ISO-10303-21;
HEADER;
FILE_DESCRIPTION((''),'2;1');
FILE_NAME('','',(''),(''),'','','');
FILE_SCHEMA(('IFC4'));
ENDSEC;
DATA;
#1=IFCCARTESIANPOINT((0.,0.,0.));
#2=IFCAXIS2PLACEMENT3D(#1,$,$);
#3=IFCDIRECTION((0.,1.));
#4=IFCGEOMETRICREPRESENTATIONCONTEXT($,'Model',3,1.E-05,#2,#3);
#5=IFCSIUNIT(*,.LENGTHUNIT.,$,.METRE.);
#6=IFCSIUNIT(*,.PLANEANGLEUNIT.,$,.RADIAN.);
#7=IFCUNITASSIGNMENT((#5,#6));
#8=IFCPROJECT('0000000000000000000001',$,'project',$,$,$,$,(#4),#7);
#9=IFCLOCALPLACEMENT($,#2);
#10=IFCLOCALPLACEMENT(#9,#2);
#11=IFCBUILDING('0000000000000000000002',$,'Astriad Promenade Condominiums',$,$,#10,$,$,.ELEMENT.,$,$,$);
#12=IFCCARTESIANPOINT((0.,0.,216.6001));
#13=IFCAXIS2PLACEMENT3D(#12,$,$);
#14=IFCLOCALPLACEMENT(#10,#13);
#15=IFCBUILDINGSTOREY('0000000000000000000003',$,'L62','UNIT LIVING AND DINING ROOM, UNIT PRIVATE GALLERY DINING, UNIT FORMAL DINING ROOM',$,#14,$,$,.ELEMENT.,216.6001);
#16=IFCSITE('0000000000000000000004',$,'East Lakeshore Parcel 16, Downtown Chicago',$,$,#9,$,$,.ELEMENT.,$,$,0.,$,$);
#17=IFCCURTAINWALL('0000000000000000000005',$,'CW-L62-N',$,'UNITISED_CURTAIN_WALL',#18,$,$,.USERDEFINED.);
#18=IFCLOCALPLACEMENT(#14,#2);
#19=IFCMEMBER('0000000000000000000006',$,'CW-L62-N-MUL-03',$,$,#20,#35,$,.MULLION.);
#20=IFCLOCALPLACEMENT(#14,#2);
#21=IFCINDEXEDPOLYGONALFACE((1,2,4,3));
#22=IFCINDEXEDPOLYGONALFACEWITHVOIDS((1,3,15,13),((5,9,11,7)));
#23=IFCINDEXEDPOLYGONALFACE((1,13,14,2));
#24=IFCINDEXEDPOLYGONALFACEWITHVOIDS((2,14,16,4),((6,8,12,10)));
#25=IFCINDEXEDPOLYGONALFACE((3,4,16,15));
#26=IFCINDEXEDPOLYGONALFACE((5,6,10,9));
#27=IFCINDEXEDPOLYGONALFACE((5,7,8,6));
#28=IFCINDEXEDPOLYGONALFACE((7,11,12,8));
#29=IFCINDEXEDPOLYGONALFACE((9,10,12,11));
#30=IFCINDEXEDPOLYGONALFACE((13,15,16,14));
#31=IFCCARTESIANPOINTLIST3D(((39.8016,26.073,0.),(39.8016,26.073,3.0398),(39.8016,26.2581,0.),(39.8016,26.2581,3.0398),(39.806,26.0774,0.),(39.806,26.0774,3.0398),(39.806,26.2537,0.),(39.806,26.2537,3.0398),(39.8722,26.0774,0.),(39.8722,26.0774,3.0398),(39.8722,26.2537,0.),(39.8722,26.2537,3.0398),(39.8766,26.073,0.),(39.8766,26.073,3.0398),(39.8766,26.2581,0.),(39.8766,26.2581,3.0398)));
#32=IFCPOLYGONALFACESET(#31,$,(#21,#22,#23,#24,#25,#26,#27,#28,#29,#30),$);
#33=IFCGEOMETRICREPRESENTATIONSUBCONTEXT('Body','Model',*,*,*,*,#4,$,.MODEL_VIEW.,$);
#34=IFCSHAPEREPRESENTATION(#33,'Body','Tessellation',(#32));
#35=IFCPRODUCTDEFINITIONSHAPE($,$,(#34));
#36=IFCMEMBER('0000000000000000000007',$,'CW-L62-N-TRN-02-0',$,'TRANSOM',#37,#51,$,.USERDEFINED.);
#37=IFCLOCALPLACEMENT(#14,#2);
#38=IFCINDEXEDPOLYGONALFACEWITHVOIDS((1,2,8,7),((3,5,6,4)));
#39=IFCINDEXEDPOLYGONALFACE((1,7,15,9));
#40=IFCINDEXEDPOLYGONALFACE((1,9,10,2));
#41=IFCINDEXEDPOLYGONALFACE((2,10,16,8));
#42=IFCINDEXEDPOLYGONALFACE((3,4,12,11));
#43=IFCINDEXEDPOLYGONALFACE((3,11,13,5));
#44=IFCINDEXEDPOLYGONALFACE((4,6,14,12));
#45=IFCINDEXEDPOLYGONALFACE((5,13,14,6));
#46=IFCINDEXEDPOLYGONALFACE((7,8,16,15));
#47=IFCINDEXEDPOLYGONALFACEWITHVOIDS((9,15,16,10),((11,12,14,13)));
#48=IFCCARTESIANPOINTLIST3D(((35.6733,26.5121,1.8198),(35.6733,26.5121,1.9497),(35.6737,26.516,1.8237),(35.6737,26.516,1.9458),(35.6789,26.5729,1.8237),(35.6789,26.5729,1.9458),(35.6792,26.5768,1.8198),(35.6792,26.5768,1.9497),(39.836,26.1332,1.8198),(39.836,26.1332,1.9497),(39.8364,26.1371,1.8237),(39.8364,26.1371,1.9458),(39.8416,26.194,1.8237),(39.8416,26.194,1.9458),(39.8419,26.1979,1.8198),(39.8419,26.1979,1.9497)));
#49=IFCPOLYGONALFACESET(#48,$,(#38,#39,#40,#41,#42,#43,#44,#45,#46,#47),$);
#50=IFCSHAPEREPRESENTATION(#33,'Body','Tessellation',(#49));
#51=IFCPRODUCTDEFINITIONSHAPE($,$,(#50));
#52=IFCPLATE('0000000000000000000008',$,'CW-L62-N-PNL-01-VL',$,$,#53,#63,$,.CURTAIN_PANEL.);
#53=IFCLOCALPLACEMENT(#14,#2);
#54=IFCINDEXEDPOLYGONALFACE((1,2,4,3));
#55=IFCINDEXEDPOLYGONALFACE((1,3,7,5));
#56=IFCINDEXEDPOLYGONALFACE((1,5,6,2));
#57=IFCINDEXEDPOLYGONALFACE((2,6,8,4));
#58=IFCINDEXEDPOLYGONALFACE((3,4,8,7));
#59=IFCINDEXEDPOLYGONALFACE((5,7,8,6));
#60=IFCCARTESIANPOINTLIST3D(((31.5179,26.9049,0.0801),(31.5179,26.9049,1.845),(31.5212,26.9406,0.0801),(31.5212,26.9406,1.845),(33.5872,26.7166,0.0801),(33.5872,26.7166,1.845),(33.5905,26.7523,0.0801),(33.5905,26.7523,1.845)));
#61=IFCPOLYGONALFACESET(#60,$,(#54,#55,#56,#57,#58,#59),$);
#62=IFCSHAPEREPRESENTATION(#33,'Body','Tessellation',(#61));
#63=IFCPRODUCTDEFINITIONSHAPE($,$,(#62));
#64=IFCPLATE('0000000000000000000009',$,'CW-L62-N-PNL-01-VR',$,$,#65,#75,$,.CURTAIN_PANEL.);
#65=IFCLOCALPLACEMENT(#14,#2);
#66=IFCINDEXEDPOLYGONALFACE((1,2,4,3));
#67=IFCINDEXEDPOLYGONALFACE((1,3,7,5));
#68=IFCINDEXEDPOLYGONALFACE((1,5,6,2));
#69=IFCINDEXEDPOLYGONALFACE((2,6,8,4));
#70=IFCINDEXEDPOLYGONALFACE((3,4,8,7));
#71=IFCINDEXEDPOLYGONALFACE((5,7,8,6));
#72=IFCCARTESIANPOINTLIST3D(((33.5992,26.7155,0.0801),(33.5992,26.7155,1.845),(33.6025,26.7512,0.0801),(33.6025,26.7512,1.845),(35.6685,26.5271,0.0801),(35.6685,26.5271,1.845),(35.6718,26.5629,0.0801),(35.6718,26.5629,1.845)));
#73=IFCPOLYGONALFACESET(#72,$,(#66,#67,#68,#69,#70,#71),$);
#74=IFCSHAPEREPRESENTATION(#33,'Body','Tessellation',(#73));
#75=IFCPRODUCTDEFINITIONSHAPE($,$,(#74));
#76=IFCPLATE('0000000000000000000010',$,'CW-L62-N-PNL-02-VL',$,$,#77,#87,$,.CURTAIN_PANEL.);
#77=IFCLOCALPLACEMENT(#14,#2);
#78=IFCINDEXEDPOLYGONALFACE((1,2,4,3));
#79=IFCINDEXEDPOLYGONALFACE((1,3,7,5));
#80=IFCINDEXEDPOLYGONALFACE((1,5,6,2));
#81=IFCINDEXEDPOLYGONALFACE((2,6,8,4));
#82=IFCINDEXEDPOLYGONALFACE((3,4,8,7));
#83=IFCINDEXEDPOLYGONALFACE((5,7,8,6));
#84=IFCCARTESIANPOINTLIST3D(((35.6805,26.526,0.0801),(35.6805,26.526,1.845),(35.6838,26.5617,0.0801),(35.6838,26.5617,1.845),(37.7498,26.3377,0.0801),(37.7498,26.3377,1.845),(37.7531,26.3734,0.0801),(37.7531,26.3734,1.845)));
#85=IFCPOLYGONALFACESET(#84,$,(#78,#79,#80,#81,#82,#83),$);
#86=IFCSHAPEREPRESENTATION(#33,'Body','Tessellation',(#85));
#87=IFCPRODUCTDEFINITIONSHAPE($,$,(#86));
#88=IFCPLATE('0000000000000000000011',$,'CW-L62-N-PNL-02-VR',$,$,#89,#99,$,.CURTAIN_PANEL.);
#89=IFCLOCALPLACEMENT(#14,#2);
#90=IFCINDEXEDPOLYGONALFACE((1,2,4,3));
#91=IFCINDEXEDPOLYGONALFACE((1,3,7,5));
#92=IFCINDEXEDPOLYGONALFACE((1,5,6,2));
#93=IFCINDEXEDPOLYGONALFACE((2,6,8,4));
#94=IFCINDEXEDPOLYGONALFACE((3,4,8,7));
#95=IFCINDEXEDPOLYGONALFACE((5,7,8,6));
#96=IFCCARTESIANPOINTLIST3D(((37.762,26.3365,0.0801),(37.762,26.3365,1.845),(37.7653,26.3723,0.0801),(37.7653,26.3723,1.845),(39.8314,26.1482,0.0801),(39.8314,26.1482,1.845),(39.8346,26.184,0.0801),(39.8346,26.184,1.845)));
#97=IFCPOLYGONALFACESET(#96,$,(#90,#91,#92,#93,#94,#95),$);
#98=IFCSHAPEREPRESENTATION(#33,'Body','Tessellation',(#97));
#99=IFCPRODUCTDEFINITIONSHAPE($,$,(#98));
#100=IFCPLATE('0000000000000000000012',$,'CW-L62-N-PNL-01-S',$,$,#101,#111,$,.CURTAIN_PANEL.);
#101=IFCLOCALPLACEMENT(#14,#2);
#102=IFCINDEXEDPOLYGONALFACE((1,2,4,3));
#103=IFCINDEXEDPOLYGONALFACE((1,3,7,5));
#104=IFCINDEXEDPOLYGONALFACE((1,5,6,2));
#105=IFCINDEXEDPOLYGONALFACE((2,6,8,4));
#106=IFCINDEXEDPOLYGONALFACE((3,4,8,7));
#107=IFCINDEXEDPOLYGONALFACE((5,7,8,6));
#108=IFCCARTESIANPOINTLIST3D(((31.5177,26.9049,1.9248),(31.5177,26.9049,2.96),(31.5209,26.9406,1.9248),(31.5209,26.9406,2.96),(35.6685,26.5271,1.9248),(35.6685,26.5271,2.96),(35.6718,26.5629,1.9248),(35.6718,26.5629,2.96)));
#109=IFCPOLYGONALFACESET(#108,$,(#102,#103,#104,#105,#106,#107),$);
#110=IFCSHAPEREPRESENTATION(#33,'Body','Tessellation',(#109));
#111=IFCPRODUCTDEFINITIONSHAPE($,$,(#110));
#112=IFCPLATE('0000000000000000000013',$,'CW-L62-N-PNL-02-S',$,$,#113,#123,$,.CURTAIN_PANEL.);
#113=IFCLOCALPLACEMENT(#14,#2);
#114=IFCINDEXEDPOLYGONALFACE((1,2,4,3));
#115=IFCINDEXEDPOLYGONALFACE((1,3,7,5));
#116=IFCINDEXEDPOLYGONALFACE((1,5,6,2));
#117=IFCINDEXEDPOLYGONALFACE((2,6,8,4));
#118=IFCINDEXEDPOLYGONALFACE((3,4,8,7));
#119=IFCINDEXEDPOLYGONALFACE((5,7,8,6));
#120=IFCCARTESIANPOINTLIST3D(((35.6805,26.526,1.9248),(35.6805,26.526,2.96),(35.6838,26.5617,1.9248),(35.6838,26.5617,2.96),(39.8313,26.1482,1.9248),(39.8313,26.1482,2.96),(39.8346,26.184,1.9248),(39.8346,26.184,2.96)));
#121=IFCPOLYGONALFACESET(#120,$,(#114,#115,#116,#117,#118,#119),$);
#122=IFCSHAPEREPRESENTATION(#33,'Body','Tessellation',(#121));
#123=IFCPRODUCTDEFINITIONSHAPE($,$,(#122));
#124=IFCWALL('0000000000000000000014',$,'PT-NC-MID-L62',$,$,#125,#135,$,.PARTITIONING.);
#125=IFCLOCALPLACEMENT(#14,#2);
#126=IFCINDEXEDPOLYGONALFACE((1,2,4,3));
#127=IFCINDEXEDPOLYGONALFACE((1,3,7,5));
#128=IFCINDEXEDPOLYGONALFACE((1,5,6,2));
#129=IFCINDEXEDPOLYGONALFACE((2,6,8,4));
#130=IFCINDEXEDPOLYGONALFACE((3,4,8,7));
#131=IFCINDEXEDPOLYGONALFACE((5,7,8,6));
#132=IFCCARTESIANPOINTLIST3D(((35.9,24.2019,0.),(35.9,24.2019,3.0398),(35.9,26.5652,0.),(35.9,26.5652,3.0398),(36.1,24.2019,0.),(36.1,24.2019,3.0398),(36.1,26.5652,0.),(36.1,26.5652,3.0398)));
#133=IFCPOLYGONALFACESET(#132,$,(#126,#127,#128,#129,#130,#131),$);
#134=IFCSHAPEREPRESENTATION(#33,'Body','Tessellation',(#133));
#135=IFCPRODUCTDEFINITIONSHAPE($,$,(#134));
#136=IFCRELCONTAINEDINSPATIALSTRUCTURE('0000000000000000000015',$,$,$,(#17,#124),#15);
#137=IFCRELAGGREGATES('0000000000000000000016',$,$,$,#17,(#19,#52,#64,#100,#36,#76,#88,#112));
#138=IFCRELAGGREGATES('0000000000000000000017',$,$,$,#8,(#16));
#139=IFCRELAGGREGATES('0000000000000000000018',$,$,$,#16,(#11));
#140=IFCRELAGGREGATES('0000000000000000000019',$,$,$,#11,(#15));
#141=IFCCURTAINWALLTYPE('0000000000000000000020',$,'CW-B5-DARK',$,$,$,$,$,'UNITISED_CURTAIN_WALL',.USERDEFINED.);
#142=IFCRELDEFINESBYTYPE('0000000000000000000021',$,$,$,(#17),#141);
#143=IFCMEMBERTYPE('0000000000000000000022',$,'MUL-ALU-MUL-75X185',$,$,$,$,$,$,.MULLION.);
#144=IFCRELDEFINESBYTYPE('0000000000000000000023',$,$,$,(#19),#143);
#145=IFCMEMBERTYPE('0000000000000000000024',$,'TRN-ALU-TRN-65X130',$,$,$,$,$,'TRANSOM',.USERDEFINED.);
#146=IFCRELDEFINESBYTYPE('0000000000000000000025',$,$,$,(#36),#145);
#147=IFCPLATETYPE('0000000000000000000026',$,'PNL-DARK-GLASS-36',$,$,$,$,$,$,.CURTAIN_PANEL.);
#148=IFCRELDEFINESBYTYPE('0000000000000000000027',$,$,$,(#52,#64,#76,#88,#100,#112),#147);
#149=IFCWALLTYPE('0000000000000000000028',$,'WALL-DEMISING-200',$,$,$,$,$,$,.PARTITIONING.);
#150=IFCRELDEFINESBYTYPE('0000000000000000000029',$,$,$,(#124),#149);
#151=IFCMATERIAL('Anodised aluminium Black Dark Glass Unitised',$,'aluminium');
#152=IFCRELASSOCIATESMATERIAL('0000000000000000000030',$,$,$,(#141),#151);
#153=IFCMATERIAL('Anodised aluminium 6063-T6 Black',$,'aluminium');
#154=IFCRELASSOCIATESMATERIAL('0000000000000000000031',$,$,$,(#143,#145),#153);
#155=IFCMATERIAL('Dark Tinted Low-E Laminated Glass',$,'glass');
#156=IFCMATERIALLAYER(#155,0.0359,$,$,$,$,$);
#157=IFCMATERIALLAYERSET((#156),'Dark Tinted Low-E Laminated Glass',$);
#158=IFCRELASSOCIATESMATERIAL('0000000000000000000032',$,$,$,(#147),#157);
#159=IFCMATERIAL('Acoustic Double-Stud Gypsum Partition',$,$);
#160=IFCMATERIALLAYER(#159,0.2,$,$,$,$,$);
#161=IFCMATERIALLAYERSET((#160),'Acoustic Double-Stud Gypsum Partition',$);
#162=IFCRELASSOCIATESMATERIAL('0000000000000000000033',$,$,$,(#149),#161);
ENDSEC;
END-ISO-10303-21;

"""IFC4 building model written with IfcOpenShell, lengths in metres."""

from ifc_helpers import new_model, si_unit, direction, frame, frame_2d, origin, origin_2d, place, context, subcontext, project, spatial, rectangle, hollow_rectangle, extrude, source, transform, mapped, material, layer, layer_set, material_profile, profile_set, type_object, type_shapes, element, aggregate, save


model = new_model("IFC4")

# Units and contexts
model_context = context("Model", 3, precision=1e-05, world=origin(), true_north=direction((0.0, 1.0)))
body_context = subcontext(model_context, "Body", "Model", "MODEL_VIEW")
ifc_project = project(units=[si_unit("LENGTHUNIT", "METRE"), si_unit("PLANEANGLEUNIT", "RADIAN")], contexts=[model_context])

# Site, building, storey
site_placement = place(None, origin())
site = spatial("IfcSite", under=ifc_project, at=site_placement, Name="East Lakeshore Parcel 16, Downtown Chicago", CompositionType="ELEMENT", RefElevation=0.0)
building_placement = place(site_placement, origin())
building = spatial("IfcBuilding", under=site, at=building_placement, Name="Astriad Promenade Condominiums", CompositionType="ELEMENT")
storey_placement = place(building_placement, frame((0.0, 0.0, 216.6001)))
storey = spatial("IfcBuildingStorey", under=building, at=storey_placement, Name="L62", Description="UNIT LIVING AND DINING ROOM, UNIT PRIVATE GALLERY DINING, UNIT FORMAL DINING ROOM", CompositionType="ELEMENT", Elevation=216.6001)

# Curtain wall, members, plates
ifc_material_1 = material(Name="Anodised aluminium Black Dark Glass Unitised", Category="aluminium")
curtain_wall_type = type_object("IfcCurtainWallType", Name="CW-B5-DARK", ElementType="UNITISED_CURTAIN_WALL", PredefinedType="USERDEFINED", material=ifc_material_1)
curtain_wall_placement = place(storey_placement, origin())
curtain_wall = element("IfcCurtainWall", 1, at=curtain_wall_placement, inside=storey, type_object=curtain_wall_type, Name="CW-L62-N", ObjectType="UNITISED_CURTAIN_WALL", PredefinedType="USERDEFINED")
ifc_material_2 = material(Name="Anodised aluminium 6063-T6 Black", Category="aluminium")
ifc_material_profile_1 = material_profile(ifc_material_2, hollow_rectangle(XDim=0.075, YDim=0.1851, WallThickness=0.0044, at=origin_2d()), Name="ALU-MUL-75X185")
ifc_profile_set_1 = profile_set([ifc_material_profile_1], Name="Anodised aluminium 6063-T6 Black")
member_type_1 = type_object("IfcMemberType", Name="MUL-ALU-MUL-75X185", PredefinedType="MULLION", material=ifc_profile_set_1)
shared_shape_1 = source(origin(), body_context, "Body", "SweptSolid", [
    extrude(hollow_rectangle(XDim=0.075, YDim=0.1851, WallThickness=0.0044, at=origin_2d()), origin(), (0.0, 0.0, 1.0), 3.0398),
])
type_shapes(member_type_1, [shared_shape_1])
member_1_placement = place(storey_placement, frame((39.8391, 26.1655, 0.0), z_axis=(0.0, 0.0, 1.0), x_axis=(1.0, 0.0, 0.0)))
member_1 = element("IfcMember", 2, at=member_1_placement, type_object=member_type_1, Name="CW-L62-N-MUL-03", PredefinedType="MULLION", context=body_context, shape_type="MappedRepresentation", body=[
    mapped(shared_shape_1, transform((0.0, 0.0, 0.0), scale=1.0)),
])
ifc_material_profile_2 = material_profile(ifc_material_2, hollow_rectangle(XDim=0.0649, YDim=0.1299, WallThickness=0.0039, at=origin_2d()), Name="ALU-TRN-65X130")
ifc_profile_set_2 = profile_set([ifc_material_profile_2], Name="Anodised aluminium 6063-T6 Black")
member_type_2 = type_object("IfcMemberType", Name="TRN-ALU-TRN-65X130", ElementType="TRANSOM", PredefinedType="USERDEFINED", material=ifc_profile_set_2)
shared_shape_2 = source(origin(), body_context, "Body", "SweptSolid", [
    extrude(hollow_rectangle(XDim=0.0649, YDim=0.1299, WallThickness=0.0039, at=origin_2d()), origin(), (0.0, 0.0, 1.0), 4.1799),
])
type_shapes(member_type_2, [shared_shape_2])
member_2_placement = place(storey_placement, frame((35.6763, 26.5444, 1.8848), z_axis=(0.995883, -0.090646, 0.0), x_axis=(0.090646, 0.995883, 0.0)))
member_2 = element("IfcMember", 3, at=member_2_placement, type_object=member_type_2, Name="CW-L62-N-TRN-02-0", ObjectType="TRANSOM", PredefinedType="USERDEFINED", context=body_context, shape_type="MappedRepresentation", body=[
    mapped(shared_shape_2, transform((0.0, 0.0, 0.0), scale=1.0)),
])
ifc_material_3 = material(Name="Dark Tinted Low-E Laminated Glass", Category="glass")
ifc_layer_1 = layer(ifc_material_3, 0.0359)
ifc_layer_set_1 = layer_set([ifc_layer_1], Name="Dark Tinted Low-E Laminated Glass")
plate_type = type_object("IfcPlateType", Name="PNL-DARK-GLASS-36", PredefinedType="CURTAIN_PANEL", material=ifc_layer_set_1)
shared_shape_3 = source(origin(), body_context, "Body", "SweptSolid", [
    extrude(rectangle(XDim=2.0779, YDim=0.0359, at=origin_2d()), origin(), (0.0, 0.0, 1.0), 1.7649),
])
plate_1_placement = place(storey_placement, frame((32.5542, 26.8286, 0.0801), z_axis=(0.0, 0.0, 1.0), x_axis=(0.995884, -0.090633, 0.0)))
plate_1 = element("IfcPlate", 4, at=plate_1_placement, type_object=plate_type, Name="CW-L62-N-PNL-01-VL", PredefinedType="CURTAIN_PANEL", context=body_context, shape_type="MappedRepresentation", body=[
    mapped(shared_shape_3, transform((0.0, 0.0, 0.0), scale=1.0)),
])
plate_2_placement = place(storey_placement, frame((34.6355, 26.6392, 0.0801), z_axis=(0.0, 0.0, 1.0), x_axis=(0.995884, -0.090633, 0.0)))
plate_2 = element("IfcPlate", 5, at=plate_2_placement, type_object=plate_type, Name="CW-L62-N-PNL-01-VR", PredefinedType="CURTAIN_PANEL", context=body_context, shape_type="MappedRepresentation", body=[
    mapped(shared_shape_3, transform((0.0, 0.0, 0.0), scale=1.0)),
])
plate_3_placement = place(storey_placement, frame((36.7168, 26.4497, 0.0801), z_axis=(0.0, 0.0, 1.0), x_axis=(0.995884, -0.090633, 0.0)))
plate_3 = element("IfcPlate", 6, at=plate_3_placement, type_object=plate_type, Name="CW-L62-N-PNL-02-VL", PredefinedType="CURTAIN_PANEL", context=body_context, shape_type="MappedRepresentation", body=[
    mapped(shared_shape_3, transform((0.0, 0.0, 0.0), scale=1.0)),
])
plate_4_placement = place(storey_placement, frame((38.7983, 26.2603, 0.0801), z_axis=(0.0, 0.0, 1.0), x_axis=(0.995884, -0.090633, 0.0)))
plate_4 = element("IfcPlate", 7, at=plate_4_placement, type_object=plate_type, Name="CW-L62-N-PNL-02-VR", PredefinedType="CURTAIN_PANEL", context=body_context, shape_type="MappedRepresentation", body=[
    mapped(shared_shape_3, transform((0.0, 0.0, 0.0), scale=1.0)),
])
shared_shape_4 = source(origin(), body_context, "Body", "SweptSolid", [
    extrude(rectangle(XDim=4.168, YDim=0.0359, at=origin_2d()), origin(), (0.0, 0.0, 1.0), 1.0352),
])
type_shapes(plate_type, [shared_shape_3, shared_shape_4])
plate_5_placement = place(storey_placement, frame((33.5947, 26.7339, 1.9248), z_axis=(0.0, 0.0, 1.0), x_axis=(0.995884, -0.090633, 0.0)))
plate_5 = element("IfcPlate", 8, at=plate_5_placement, type_object=plate_type, Name="CW-L62-N-PNL-01-S", PredefinedType="CURTAIN_PANEL", context=body_context, shape_type="MappedRepresentation", body=[
    mapped(shared_shape_4, transform((0.0, 0.0, 0.0), scale=1.0)),
])
plate_6_placement = place(storey_placement, frame((37.7576, 26.355, 1.9248), z_axis=(0.0, 0.0, 1.0), x_axis=(0.995884, -0.090633, 0.0)))
plate_6 = element("IfcPlate", 9, at=plate_6_placement, type_object=plate_type, Name="CW-L62-N-PNL-02-S", PredefinedType="CURTAIN_PANEL", context=body_context, shape_type="MappedRepresentation", body=[
    mapped(shared_shape_4, transform((0.0, 0.0, 0.0), scale=1.0)),
])
aggregate(curtain_wall, [member_1, plate_1, plate_2, plate_5, member_2, plate_3, plate_4, plate_6])

# Wall
ifc_material_4 = material(Name="Acoustic Double-Stud Gypsum Partition")
ifc_layer_2 = layer(ifc_material_4, 0.2)
ifc_layer_set_2 = layer_set([ifc_layer_2], Name="Acoustic Double-Stud Gypsum Partition")
wall_type_1 = type_object("IfcWallType", Name="WALL-DEMISING-200", PredefinedType="PARTITIONING", material=ifc_layer_set_2)
wall_1_placement = place(storey_placement, frame((36.0, 24.2019, 0.0), z_axis=(0.0, 0.0, 1.0), x_axis=(0.0, 1.0, 0.0)))
element("IfcWall", 10, at=wall_1_placement, inside=storey, type_object=wall_type_1, Name="PT-NC-MID-L62", PredefinedType="PARTITIONING", context=body_context, shape_type="SweptSolid", body=[
    extrude(rectangle(XDim=2.3633, YDim=0.2, at=frame_2d((1.1816, 0.0))), origin(), (0.0, 0.0, 1.0), 3.0398),
])

save(model, "model.ifc")
